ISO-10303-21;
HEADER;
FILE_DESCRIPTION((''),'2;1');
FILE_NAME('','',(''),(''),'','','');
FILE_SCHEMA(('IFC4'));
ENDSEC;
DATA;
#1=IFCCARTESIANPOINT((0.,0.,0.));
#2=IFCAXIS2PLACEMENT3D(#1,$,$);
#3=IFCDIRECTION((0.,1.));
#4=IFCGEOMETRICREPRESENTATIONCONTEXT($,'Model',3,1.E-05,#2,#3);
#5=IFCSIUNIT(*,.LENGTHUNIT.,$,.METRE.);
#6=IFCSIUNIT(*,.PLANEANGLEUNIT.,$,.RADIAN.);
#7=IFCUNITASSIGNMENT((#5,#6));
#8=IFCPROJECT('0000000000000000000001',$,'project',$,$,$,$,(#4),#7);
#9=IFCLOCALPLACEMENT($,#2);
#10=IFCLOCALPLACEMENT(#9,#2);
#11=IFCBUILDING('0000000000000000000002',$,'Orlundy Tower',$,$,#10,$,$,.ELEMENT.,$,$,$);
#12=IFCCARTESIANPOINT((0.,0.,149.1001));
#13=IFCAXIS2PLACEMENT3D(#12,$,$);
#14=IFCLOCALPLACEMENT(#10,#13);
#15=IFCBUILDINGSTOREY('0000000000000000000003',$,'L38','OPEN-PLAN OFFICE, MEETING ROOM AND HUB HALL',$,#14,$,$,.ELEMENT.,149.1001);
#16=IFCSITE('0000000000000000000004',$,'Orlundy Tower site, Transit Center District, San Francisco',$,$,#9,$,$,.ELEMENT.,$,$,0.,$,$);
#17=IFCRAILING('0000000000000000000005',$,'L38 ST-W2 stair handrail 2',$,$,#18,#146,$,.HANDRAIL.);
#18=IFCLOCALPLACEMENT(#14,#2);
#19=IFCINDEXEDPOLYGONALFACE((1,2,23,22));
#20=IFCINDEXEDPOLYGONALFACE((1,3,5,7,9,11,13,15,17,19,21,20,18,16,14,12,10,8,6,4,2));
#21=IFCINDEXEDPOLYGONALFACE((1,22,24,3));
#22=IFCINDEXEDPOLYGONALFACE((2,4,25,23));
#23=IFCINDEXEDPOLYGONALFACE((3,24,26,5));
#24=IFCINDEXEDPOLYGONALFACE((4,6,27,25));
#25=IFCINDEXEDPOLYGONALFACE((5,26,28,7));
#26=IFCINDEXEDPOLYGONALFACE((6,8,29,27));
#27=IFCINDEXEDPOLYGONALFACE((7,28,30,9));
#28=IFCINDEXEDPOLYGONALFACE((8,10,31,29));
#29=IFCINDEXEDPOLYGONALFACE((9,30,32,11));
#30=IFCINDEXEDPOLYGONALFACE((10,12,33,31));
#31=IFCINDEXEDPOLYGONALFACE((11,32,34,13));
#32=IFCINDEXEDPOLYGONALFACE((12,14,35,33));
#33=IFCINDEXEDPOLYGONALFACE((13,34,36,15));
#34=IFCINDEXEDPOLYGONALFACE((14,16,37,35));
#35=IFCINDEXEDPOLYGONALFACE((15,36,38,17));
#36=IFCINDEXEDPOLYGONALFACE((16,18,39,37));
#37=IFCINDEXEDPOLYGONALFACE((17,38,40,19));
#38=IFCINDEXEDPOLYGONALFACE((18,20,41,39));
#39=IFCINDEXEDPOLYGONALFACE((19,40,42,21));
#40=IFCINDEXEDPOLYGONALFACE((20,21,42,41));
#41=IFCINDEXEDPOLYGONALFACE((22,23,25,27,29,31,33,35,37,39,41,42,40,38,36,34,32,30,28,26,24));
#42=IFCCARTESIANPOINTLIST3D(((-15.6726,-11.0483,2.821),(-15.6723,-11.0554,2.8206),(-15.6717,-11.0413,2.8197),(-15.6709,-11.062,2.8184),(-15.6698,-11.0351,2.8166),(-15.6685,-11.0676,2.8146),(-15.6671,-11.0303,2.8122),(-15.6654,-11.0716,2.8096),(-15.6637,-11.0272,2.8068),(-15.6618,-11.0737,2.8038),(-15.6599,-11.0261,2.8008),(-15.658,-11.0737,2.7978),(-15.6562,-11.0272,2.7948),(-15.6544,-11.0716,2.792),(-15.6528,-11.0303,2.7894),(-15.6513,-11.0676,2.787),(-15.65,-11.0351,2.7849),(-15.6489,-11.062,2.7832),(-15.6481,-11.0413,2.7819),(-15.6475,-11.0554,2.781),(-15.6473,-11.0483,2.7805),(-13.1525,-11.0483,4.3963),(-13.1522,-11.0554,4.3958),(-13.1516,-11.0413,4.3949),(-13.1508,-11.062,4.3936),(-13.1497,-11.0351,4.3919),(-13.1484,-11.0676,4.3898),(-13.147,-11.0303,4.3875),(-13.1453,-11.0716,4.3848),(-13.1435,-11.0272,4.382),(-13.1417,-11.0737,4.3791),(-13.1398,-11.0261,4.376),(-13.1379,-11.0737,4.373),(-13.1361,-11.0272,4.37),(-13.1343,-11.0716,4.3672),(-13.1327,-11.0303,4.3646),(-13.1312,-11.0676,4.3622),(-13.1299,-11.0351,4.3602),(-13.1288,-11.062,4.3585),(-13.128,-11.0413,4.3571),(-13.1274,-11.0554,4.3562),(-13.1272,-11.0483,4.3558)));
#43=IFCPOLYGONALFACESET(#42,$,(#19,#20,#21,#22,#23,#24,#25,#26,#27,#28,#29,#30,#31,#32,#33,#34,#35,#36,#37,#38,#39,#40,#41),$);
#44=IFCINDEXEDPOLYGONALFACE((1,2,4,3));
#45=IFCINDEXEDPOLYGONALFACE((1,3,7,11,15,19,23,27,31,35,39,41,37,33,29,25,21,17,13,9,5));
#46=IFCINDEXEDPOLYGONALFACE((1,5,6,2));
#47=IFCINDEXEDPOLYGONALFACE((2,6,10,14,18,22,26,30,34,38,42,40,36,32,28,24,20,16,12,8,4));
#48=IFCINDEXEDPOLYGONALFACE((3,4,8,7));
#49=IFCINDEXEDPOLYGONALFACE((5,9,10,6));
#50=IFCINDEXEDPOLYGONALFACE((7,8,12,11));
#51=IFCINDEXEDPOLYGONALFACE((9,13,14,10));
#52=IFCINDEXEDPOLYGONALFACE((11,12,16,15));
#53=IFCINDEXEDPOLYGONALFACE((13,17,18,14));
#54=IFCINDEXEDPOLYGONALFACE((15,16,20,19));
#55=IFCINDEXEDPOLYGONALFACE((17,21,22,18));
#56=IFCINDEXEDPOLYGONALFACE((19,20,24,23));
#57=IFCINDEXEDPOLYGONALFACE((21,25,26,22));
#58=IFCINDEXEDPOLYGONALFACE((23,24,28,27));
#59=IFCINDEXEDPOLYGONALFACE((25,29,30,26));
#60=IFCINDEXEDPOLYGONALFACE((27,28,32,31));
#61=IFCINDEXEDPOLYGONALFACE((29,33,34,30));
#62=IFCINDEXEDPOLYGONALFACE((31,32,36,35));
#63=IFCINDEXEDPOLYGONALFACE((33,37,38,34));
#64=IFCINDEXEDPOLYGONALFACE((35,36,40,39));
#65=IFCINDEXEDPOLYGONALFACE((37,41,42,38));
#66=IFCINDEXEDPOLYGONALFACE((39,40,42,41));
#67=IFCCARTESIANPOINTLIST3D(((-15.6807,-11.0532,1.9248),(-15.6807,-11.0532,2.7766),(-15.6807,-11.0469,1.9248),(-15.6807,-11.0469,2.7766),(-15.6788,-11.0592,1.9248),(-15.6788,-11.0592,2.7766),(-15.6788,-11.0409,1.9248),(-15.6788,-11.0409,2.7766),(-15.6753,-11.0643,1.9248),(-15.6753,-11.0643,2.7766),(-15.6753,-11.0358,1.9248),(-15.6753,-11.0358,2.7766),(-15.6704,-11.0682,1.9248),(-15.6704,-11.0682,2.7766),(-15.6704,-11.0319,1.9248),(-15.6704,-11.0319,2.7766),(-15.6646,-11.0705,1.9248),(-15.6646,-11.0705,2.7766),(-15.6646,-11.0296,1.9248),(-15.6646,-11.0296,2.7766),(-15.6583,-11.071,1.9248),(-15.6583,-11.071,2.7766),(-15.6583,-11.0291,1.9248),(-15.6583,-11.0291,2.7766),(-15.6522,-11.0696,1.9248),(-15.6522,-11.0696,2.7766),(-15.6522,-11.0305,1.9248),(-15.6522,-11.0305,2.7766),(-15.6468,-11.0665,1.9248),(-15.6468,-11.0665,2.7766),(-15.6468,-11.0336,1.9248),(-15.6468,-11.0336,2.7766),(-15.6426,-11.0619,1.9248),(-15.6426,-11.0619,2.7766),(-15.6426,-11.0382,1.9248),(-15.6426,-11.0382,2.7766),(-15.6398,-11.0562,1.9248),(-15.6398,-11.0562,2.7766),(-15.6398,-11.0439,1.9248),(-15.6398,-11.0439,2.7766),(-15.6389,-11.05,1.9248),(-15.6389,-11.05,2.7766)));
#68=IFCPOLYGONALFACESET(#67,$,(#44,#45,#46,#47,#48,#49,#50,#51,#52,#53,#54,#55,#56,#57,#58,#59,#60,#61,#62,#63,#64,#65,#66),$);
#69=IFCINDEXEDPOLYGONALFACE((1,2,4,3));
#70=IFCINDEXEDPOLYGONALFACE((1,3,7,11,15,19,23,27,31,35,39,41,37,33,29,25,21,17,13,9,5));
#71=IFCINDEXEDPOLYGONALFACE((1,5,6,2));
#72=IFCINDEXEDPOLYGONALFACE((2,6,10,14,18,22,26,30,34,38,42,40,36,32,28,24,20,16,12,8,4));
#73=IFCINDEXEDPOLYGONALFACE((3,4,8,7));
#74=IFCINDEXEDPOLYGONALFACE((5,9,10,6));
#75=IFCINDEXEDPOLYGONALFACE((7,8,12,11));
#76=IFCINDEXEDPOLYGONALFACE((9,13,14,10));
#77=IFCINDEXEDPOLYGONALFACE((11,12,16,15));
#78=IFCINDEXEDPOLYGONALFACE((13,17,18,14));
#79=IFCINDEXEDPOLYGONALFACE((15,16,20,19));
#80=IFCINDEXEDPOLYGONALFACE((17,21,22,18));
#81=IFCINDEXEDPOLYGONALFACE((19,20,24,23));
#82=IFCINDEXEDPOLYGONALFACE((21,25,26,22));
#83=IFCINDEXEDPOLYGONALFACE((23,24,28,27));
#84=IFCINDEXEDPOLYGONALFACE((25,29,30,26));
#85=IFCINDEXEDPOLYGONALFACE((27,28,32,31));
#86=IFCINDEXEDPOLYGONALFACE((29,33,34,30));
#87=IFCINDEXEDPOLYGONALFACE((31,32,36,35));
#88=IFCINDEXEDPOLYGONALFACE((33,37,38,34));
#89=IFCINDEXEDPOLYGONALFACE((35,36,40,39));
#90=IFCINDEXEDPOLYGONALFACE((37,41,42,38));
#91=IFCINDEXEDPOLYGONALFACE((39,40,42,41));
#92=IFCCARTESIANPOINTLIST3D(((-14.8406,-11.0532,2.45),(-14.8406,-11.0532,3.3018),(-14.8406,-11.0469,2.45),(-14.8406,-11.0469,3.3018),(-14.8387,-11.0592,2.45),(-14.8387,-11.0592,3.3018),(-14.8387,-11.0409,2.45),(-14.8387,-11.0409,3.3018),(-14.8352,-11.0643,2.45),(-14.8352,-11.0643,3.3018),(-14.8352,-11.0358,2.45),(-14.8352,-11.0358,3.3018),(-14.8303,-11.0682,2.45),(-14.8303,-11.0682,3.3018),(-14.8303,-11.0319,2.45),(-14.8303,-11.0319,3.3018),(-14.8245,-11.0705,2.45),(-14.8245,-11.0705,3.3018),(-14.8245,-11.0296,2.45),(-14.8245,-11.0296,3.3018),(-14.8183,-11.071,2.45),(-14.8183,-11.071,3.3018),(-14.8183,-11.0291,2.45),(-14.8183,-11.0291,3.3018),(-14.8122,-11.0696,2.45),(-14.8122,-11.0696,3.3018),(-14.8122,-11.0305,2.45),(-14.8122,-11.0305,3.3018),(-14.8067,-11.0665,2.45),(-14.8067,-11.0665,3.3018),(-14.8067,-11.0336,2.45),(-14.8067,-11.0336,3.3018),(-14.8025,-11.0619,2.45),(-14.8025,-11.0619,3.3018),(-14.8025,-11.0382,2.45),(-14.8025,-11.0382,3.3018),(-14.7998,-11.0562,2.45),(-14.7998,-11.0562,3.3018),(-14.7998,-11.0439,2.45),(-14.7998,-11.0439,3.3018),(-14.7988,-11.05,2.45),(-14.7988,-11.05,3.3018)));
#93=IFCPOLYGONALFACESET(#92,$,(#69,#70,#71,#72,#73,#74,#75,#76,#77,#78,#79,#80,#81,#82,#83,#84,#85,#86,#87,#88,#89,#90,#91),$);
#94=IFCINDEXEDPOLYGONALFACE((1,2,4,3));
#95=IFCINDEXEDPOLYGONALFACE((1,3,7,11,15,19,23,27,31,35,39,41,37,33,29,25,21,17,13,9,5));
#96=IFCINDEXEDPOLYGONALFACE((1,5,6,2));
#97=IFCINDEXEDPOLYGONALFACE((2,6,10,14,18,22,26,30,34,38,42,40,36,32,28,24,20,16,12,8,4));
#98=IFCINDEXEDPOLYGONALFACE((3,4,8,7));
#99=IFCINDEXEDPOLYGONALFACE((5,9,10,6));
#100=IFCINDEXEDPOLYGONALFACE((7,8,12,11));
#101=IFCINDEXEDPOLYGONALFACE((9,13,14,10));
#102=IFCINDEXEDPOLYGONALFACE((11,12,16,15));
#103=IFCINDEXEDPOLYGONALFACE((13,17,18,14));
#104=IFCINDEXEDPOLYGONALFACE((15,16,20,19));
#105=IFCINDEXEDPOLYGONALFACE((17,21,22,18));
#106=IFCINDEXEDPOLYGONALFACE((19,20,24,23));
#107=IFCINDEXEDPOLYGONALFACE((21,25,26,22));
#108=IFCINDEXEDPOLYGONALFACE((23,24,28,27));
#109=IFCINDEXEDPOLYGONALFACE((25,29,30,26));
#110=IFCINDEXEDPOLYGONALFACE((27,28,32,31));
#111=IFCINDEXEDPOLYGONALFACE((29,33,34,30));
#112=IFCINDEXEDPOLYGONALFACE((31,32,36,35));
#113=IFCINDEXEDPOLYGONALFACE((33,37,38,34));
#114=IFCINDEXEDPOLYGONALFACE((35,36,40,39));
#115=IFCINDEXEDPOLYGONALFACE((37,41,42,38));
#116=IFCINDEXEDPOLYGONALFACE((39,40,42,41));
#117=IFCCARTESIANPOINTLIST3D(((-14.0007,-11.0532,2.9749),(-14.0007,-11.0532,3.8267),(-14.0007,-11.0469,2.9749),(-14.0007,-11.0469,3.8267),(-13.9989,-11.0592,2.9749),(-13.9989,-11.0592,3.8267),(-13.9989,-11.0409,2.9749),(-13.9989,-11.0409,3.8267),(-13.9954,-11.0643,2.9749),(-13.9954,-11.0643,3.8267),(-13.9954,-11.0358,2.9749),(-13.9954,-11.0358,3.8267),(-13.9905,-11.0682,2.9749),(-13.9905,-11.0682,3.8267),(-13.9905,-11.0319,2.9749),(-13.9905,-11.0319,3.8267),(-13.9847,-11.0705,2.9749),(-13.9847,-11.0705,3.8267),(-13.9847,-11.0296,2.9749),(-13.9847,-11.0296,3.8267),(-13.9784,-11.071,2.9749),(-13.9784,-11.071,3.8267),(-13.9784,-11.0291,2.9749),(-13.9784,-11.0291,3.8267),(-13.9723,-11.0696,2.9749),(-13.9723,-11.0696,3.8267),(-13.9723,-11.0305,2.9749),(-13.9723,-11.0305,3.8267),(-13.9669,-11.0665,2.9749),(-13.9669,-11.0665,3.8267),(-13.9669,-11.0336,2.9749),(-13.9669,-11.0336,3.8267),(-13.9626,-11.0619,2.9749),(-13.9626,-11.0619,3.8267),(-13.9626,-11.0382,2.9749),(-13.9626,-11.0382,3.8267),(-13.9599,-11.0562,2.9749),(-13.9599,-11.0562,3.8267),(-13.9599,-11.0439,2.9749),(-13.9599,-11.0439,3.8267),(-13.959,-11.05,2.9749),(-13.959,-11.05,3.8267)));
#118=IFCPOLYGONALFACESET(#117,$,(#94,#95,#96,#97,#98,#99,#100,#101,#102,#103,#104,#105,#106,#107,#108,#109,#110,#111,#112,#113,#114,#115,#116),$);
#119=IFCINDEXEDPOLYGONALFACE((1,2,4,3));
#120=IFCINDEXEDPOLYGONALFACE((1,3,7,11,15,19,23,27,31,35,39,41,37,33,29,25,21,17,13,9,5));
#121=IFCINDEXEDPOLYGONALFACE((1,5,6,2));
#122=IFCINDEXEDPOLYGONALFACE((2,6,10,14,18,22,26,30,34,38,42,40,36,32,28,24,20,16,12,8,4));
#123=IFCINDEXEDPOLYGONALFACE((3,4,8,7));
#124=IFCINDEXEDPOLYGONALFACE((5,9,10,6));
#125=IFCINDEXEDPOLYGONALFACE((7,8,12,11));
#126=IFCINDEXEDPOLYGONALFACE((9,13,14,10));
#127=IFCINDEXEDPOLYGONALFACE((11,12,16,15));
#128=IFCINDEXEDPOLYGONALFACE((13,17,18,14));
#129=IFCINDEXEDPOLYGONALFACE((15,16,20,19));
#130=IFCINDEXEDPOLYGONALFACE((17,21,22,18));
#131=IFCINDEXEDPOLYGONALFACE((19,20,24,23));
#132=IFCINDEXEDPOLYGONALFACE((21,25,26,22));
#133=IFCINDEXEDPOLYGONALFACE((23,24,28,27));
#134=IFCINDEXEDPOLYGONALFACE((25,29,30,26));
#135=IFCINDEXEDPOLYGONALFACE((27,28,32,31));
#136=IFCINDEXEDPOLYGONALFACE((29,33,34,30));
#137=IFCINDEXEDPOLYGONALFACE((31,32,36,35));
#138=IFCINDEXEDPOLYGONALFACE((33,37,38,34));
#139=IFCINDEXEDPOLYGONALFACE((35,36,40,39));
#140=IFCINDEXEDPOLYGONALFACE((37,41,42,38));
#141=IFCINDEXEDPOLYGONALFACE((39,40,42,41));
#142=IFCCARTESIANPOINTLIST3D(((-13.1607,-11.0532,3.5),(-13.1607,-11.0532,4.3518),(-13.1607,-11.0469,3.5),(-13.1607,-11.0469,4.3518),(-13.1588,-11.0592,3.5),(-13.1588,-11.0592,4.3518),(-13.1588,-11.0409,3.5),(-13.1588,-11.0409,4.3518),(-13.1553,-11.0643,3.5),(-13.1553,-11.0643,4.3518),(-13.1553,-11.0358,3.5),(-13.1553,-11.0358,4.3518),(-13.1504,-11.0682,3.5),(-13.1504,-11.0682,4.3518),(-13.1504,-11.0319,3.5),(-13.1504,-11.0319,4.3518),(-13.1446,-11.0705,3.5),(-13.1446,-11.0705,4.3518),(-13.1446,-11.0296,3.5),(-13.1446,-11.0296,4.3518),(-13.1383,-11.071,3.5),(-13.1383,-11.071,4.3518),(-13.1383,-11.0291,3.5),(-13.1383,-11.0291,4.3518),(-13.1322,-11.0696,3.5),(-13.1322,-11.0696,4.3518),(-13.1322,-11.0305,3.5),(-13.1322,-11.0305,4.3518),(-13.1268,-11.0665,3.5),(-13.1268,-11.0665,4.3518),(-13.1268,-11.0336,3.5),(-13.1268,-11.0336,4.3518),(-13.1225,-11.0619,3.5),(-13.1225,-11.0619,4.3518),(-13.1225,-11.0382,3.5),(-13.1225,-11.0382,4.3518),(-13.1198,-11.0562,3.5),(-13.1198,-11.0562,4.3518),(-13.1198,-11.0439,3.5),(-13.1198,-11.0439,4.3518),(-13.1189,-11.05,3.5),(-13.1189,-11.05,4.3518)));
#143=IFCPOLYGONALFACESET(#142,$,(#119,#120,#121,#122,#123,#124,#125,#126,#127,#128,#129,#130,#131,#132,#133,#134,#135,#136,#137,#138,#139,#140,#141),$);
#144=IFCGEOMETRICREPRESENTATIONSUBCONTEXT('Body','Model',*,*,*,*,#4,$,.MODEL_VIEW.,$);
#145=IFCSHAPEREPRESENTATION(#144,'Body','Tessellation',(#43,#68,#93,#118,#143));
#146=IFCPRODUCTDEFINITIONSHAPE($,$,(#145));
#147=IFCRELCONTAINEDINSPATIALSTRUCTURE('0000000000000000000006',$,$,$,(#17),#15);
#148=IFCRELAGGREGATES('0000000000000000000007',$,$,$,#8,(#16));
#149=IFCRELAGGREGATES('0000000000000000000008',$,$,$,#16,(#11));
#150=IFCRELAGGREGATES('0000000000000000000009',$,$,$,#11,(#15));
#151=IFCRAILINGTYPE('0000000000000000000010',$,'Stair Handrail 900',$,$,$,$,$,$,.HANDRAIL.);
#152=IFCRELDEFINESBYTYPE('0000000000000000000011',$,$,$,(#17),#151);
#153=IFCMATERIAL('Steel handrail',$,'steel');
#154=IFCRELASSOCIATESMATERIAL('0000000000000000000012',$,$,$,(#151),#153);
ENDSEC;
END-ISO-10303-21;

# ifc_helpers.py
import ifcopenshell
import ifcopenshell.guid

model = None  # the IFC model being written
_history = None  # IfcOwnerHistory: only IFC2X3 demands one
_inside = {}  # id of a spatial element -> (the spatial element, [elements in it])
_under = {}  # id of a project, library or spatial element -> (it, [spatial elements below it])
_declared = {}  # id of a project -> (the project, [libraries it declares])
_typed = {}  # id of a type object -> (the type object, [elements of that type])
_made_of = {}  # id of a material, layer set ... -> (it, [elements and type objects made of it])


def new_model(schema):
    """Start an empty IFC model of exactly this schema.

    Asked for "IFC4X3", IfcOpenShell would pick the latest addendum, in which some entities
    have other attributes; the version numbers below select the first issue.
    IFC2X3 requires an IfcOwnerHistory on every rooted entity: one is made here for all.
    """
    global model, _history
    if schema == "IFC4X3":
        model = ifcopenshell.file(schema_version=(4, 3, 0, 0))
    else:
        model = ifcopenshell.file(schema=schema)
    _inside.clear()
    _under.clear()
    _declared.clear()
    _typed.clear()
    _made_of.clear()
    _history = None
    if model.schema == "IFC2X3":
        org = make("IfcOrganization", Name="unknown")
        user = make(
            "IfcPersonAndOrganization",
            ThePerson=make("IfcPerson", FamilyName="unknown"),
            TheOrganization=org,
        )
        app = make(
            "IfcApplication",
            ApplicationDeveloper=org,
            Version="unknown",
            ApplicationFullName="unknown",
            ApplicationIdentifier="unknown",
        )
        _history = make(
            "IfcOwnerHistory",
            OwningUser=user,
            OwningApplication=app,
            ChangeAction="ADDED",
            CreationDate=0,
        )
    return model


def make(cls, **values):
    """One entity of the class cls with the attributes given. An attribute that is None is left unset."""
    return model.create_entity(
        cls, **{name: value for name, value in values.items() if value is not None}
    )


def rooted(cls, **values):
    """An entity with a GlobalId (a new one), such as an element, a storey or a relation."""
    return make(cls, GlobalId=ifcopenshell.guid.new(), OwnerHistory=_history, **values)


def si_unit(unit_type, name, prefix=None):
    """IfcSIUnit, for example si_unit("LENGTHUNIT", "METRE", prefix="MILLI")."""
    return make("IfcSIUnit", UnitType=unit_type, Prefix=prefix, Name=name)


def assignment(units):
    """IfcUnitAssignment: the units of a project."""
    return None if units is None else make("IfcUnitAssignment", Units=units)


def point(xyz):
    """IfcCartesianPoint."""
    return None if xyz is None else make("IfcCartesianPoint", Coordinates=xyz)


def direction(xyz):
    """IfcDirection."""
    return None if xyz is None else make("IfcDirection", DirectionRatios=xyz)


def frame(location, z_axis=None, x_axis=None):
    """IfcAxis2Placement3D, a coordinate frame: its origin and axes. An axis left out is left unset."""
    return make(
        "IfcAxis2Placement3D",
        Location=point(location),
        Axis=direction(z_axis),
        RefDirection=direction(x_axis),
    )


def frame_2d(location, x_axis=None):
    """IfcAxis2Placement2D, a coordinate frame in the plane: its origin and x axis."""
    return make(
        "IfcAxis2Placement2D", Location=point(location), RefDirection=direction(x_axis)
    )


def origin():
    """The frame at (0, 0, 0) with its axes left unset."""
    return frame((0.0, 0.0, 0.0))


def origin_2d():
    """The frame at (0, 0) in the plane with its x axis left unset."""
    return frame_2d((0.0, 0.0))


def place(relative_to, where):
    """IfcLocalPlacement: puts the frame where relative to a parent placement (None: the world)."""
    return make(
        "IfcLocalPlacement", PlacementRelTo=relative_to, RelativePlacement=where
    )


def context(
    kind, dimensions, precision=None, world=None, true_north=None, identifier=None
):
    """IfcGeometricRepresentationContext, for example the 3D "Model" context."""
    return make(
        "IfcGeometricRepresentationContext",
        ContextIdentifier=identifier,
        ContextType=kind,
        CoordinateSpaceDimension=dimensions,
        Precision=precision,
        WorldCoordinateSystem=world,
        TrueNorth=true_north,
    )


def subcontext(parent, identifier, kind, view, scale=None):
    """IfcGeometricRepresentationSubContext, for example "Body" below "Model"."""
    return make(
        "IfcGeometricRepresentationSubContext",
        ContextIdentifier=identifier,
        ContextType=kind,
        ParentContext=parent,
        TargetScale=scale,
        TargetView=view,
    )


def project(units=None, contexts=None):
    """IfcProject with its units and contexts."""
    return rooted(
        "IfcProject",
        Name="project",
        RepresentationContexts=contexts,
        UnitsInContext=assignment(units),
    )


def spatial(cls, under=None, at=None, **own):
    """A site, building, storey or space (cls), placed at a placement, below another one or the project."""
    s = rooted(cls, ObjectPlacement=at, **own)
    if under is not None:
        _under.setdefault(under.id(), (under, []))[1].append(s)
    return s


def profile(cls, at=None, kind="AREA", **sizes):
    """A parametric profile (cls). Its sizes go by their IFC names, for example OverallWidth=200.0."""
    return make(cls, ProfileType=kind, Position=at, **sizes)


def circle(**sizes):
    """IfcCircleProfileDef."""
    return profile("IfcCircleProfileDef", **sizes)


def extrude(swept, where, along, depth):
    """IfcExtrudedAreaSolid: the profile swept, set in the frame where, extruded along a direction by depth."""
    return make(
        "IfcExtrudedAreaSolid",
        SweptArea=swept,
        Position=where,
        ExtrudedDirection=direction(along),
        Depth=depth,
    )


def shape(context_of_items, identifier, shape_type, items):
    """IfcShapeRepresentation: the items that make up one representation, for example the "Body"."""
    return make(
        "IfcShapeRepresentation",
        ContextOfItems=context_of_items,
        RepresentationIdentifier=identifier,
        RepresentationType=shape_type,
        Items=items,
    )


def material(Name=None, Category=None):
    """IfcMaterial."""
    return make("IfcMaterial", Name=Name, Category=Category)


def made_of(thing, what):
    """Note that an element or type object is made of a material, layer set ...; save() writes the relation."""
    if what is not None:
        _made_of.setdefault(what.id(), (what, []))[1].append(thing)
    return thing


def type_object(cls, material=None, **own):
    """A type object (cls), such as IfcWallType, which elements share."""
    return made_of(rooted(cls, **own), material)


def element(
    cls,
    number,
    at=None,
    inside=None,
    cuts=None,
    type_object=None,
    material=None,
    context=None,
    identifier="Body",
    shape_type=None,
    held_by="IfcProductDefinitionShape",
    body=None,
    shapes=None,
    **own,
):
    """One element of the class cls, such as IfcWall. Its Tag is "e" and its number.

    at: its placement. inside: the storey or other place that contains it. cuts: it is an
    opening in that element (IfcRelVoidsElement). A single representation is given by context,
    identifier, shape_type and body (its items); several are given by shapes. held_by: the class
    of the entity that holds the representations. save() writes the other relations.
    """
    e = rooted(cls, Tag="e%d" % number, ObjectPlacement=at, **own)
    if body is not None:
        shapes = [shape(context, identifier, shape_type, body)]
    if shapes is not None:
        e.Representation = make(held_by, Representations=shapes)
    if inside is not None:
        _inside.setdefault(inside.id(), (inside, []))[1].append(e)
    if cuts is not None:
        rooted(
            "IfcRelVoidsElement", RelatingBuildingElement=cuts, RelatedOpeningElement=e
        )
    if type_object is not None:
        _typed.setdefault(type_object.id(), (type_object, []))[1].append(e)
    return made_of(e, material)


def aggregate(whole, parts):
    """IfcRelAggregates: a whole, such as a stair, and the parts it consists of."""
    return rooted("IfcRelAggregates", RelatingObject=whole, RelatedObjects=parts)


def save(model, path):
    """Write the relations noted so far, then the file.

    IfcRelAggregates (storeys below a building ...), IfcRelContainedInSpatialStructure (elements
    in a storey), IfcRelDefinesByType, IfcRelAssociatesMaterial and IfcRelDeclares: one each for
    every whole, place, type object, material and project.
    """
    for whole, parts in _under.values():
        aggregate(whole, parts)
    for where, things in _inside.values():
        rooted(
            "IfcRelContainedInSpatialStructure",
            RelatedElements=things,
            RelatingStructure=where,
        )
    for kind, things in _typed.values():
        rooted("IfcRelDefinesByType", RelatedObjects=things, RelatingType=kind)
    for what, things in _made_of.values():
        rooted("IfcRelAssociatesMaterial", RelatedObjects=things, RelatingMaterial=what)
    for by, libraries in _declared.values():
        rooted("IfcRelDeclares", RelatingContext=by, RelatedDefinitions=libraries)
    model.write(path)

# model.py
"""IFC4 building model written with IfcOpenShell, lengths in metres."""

from ifc_helpers import new_model, si_unit, direction, frame, origin, origin_2d, place, context, subcontext, project, spatial, circle, extrude, material, type_object, element, save


model = new_model("IFC4")

# Units and contexts
model_context = context("Model", 3, precision=1e-05, world=origin(), true_north=direction((0.0, 1.0)))
body_context = subcontext(model_context, "Body", "Model", "MODEL_VIEW")
ifc_project = project(units=[si_unit("LENGTHUNIT", "METRE"), si_unit("PLANEANGLEUNIT", "RADIAN")], contexts=[model_context])

# Site, building, storey
site_placement = place(None, origin())
site = spatial("IfcSite", under=ifc_project, at=site_placement, Name="Orlundy Tower site, Transit Center District, San Francisco", CompositionType="ELEMENT", RefElevation=0.0)
building_placement = place(site_placement, origin())
building = spatial("IfcBuilding", under=site, at=building_placement, Name="Orlundy Tower", CompositionType="ELEMENT")
storey_placement = place(building_placement, frame((0.0, 0.0, 149.1001)))
storey = spatial("IfcBuildingStorey", under=building, at=storey_placement, Name="L38", Description="OPEN-PLAN OFFICE, MEETING ROOM AND HUB HALL", CompositionType="ELEMENT", Elevation=149.1001)

# Railing
ifc_material_1 = material(Name="Steel handrail", Category="steel")
railing_type = type_object("IfcRailingType", Name="Stair Handrail 900", PredefinedType="HANDRAIL", material=ifc_material_1)
railing_placement = place(storey_placement, frame((-15.6599, -11.05, 1.9248)))
element("IfcRailing", 1, at=railing_placement, inside=storey, type_object=railing_type, Name="L38 ST-W2 stair handrail 2", PredefinedType="HANDRAIL", context=body_context, shape_type="SweptSolid", body=[
    extrude(circle(Radius=0.0239, at=origin_2d()), frame((0.0, 0.0, 0.876), z_axis=(0.847971, 0.0, 0.530043), x_axis=(0.0, 1.0, 0.0)), (0.0, 0.0, 1.0), 2.9719),
    extrude(circle(Radius=0.021, at=origin_2d()), origin(), (0.0, 0.0, 1.0), 0.8518),
    extrude(circle(Radius=0.021, at=origin_2d()), frame((0.8401, 0.0, 0.5251)), (0.0, 0.0, 1.0), 0.8518),
    extrude(circle(Radius=0.021, at=origin_2d()), frame((1.6799, 0.0, 1.05)), (0.0, 0.0, 1.0), 0.8518),
    extrude(circle(Radius=0.021, at=origin_2d()), frame((2.52, 0.0, 1.5752)), (0.0, 0.0, 1.0), 0.8518),
])

save(model, "model.ifc")
